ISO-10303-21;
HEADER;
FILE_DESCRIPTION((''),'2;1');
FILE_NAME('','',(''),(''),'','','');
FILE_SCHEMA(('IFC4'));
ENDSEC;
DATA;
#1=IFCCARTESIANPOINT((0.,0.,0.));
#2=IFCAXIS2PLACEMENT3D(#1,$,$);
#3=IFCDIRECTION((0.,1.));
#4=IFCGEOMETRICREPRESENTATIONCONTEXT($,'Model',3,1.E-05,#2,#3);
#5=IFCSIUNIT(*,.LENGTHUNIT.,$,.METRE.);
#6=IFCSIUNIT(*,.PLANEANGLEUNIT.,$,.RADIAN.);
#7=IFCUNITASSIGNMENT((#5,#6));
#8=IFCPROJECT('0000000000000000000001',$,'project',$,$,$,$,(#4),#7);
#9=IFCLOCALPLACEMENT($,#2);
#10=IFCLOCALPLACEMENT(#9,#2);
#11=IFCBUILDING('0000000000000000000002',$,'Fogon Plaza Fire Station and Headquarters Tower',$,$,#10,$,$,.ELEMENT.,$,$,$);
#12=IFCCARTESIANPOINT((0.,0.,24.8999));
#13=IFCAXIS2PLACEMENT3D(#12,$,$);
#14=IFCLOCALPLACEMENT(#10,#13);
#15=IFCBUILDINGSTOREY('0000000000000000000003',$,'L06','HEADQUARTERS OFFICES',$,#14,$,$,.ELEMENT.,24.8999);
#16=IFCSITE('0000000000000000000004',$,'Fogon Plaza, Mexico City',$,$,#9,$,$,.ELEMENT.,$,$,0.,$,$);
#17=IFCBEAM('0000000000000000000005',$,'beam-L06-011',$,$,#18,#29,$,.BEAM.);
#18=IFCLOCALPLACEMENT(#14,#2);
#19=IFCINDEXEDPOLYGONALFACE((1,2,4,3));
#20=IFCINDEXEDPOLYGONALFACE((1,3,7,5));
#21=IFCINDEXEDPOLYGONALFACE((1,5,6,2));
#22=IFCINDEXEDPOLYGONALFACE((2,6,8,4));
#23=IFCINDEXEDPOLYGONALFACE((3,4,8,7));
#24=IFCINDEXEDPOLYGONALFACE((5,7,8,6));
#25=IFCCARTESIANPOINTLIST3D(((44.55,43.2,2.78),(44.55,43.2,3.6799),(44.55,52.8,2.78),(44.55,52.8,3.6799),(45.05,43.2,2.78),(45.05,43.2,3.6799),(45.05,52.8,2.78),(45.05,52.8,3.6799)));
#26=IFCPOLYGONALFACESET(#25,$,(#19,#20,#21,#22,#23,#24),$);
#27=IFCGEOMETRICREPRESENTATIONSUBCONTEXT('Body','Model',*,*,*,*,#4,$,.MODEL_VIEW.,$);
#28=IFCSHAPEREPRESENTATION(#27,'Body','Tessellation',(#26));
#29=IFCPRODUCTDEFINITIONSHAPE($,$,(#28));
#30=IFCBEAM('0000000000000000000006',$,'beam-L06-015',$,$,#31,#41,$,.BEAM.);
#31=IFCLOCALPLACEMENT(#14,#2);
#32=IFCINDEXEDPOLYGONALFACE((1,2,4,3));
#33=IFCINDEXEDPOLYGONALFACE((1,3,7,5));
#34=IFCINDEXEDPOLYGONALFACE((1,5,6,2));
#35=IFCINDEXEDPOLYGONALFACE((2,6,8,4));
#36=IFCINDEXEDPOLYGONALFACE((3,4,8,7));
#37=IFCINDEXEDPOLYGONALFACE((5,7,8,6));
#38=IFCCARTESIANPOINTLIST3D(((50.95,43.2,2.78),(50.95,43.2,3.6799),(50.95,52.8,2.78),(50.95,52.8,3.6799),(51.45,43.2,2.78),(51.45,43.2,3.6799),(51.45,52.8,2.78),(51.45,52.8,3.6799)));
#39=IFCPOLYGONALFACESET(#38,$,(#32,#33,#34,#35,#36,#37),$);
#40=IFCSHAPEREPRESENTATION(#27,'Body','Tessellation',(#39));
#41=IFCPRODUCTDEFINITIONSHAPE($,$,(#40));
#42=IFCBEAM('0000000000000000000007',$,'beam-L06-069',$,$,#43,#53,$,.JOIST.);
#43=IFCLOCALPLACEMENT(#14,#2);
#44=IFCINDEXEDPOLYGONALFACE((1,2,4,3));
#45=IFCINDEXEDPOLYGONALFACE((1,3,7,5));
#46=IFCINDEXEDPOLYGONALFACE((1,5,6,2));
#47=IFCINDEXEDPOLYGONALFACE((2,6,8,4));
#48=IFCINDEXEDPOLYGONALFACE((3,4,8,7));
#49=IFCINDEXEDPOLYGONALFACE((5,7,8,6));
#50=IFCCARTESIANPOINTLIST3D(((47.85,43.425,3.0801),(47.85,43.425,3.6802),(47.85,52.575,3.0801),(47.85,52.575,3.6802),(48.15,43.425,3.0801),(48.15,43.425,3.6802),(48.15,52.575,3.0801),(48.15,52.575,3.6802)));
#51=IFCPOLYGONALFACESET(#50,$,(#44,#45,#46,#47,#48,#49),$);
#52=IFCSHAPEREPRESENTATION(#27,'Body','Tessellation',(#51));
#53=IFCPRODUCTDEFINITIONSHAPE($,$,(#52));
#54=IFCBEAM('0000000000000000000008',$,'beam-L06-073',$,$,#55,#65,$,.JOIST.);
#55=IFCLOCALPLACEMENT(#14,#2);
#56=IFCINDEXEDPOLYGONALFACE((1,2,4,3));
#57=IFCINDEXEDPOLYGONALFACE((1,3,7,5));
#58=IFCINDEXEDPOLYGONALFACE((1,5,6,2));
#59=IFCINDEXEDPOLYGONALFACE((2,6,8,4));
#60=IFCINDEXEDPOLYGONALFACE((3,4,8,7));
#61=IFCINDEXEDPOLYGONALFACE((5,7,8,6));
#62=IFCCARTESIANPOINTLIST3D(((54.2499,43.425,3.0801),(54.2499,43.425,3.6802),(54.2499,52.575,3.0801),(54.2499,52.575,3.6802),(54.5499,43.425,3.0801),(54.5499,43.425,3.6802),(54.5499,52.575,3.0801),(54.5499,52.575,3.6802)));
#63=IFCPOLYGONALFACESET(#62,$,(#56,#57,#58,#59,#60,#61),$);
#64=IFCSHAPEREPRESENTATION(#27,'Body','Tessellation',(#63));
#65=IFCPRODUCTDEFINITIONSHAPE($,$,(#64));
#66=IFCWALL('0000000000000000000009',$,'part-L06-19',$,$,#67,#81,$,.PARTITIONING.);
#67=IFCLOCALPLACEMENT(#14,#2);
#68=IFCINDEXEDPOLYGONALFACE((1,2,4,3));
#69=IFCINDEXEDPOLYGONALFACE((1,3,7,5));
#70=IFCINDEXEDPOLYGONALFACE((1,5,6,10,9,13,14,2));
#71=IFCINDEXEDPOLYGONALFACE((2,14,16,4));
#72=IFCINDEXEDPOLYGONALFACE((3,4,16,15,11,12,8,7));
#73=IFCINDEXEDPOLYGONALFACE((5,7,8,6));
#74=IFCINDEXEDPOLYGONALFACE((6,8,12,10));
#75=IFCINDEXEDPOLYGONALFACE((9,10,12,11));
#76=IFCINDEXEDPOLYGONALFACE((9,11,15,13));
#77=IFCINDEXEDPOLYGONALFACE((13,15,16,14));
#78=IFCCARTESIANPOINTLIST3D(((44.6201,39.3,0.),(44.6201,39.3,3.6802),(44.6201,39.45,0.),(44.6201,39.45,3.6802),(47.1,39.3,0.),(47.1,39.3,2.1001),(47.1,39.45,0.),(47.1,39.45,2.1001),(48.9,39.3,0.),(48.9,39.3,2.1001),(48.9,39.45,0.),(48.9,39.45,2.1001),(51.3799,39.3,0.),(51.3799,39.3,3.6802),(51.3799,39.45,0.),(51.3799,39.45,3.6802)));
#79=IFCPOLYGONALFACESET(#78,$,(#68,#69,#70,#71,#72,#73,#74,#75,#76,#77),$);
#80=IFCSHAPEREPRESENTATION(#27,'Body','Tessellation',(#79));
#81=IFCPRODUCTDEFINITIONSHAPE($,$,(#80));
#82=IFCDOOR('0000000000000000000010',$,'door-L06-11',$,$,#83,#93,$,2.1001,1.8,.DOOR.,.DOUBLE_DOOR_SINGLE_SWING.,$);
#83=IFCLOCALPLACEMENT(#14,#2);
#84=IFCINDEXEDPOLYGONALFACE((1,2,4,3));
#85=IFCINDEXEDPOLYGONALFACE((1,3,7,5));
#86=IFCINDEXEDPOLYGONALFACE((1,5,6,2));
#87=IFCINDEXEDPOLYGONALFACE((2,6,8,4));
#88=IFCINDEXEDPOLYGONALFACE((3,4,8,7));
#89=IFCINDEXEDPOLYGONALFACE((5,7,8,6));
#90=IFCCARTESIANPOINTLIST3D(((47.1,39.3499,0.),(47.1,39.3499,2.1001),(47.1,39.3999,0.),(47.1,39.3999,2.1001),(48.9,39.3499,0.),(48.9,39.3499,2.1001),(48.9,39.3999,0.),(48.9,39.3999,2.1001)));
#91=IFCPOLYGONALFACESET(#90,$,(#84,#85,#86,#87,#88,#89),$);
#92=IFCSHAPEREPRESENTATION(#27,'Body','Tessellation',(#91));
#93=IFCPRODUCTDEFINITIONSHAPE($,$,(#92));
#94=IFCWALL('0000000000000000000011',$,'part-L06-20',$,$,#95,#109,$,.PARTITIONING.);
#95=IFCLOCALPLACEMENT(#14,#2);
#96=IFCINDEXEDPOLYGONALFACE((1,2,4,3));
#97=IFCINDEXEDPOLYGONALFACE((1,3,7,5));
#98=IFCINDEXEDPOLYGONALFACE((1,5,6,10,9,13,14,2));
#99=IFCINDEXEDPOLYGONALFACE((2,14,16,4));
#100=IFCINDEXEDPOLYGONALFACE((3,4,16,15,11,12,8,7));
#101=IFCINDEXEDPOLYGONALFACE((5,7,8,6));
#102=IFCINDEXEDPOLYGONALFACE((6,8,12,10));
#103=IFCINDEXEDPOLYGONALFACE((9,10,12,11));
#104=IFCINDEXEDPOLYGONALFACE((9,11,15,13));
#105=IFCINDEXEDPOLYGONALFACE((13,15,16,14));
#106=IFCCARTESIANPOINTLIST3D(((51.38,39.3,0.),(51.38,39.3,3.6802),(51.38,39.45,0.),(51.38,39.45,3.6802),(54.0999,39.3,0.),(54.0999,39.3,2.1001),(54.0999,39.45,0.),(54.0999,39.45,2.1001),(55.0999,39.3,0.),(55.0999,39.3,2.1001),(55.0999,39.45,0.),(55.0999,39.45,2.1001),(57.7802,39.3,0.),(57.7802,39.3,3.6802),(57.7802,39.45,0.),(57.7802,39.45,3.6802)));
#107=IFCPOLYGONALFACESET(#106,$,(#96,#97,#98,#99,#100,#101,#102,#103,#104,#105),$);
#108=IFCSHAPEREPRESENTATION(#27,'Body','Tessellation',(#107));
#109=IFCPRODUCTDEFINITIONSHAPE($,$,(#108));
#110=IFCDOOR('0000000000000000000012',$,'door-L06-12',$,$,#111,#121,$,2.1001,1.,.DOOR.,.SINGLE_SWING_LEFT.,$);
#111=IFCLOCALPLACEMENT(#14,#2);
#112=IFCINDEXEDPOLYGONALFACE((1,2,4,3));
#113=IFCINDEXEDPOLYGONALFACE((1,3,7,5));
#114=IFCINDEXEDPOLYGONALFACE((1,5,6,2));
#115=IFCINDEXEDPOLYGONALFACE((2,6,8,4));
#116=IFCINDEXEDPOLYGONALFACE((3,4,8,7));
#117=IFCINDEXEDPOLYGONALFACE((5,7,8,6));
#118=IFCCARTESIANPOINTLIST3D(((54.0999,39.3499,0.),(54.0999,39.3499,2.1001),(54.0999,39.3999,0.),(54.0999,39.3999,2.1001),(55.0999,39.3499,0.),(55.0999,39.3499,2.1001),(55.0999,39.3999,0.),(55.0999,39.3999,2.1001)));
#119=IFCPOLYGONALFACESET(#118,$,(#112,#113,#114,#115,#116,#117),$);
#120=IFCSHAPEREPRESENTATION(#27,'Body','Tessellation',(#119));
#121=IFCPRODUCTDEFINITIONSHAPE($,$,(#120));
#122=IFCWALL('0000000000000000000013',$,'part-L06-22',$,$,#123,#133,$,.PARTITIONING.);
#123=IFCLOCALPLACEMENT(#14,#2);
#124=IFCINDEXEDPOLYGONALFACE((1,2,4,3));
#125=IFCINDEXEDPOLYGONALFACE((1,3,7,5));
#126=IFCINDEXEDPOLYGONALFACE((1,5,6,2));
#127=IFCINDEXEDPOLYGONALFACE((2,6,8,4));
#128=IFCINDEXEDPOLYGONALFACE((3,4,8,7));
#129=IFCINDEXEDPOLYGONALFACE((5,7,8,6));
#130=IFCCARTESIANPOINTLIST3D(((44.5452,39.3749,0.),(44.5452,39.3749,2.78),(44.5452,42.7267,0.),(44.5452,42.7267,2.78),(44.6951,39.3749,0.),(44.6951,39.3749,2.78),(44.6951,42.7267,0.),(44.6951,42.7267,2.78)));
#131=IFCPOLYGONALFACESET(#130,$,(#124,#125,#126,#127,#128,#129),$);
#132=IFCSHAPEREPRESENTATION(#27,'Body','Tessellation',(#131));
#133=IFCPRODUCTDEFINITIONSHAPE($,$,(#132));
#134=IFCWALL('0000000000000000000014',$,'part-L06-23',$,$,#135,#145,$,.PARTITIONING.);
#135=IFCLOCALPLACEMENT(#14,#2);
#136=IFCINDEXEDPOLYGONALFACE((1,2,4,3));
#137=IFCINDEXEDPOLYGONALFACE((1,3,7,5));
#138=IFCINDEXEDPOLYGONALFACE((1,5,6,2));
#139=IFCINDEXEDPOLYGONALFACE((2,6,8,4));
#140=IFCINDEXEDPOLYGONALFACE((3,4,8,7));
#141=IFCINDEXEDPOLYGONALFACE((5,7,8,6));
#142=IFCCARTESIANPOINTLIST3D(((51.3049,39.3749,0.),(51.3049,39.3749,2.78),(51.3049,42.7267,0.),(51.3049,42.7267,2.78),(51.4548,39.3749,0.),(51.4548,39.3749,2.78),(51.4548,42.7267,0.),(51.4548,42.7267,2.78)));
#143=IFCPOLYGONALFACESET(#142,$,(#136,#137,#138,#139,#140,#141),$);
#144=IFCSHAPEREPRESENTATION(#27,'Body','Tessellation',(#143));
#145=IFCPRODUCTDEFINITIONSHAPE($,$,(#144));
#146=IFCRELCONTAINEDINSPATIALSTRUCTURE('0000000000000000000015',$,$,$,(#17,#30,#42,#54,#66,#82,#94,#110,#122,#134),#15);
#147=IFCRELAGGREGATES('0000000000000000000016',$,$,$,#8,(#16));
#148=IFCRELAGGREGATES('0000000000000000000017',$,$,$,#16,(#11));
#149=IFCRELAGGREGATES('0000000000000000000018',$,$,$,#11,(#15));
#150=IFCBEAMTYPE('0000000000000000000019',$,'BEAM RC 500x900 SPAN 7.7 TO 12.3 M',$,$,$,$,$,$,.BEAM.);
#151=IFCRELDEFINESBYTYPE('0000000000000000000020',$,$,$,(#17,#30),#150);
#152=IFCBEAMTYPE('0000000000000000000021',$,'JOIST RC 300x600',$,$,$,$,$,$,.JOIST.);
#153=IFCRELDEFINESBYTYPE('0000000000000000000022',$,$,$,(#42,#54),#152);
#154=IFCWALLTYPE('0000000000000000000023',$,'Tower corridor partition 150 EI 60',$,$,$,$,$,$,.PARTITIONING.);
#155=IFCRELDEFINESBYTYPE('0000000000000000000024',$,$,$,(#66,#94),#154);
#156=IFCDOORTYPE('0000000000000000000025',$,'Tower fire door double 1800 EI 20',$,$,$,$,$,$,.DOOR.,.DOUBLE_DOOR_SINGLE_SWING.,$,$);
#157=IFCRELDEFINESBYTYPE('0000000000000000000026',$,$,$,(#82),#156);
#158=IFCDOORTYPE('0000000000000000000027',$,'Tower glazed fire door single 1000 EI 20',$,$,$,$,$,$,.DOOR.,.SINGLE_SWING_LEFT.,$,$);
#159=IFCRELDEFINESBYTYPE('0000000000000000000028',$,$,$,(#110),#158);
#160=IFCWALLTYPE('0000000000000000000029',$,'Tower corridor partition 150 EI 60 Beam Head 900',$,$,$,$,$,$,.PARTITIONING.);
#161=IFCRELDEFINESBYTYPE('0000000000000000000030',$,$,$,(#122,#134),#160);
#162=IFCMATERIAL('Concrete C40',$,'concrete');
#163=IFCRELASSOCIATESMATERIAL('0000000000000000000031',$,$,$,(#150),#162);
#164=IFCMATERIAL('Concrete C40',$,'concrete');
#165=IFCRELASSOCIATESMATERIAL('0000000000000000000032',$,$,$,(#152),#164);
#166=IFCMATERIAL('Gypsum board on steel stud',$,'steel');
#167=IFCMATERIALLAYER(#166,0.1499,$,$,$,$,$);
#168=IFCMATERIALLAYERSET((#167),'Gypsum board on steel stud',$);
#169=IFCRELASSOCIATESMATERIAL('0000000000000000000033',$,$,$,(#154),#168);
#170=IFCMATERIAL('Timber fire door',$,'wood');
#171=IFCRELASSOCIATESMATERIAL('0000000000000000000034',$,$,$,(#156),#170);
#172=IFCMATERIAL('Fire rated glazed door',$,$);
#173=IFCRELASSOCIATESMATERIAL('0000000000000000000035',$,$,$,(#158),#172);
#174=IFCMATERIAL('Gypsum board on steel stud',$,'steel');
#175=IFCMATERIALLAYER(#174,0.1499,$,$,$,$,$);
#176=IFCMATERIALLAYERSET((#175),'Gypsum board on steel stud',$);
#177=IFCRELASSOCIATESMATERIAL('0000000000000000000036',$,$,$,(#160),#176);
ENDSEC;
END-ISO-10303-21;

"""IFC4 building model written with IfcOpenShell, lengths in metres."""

from ifc_helpers import new_model, si_unit, direction, frame, frame_2d, origin, origin_2d, place, context, subcontext, project, spatial, rectangle, extrude, material, layer, layer_set, material_profile, profile_set, type_object, element, fill, save


model = new_model("IFC4")

# Units and contexts
model_context = context("Model", 3, precision=1e-05, world=origin(), true_north=direction((0.0, 1.0)))
body_context = subcontext(model_context, "Body", "Model", "MODEL_VIEW")
ifc_project = project(units=[si_unit("LENGTHUNIT", "METRE"), si_unit("PLANEANGLEUNIT", "RADIAN")], contexts=[model_context])

# Site, building, storey
site_placement = place(None, origin())
site = spatial("IfcSite", under=ifc_project, at=site_placement, Name="Fogon Plaza, Mexico City", CompositionType="ELEMENT", RefElevation=0.0)
building_placement = place(site_placement, origin())
building = spatial("IfcBuilding", under=site, at=building_placement, Name="Fogon Plaza Fire Station and Headquarters Tower", CompositionType="ELEMENT")
storey_placement = place(building_placement, frame((0.0, 0.0, 24.8999)))
storey = spatial("IfcBuildingStorey", under=building, at=storey_placement, Name="L06", Description="HEADQUARTERS OFFICES", CompositionType="ELEMENT", Elevation=24.8999)

# Beams
ifc_material_1 = material(Name="Concrete C40", Category="concrete")
ifc_material_profile_1 = material_profile(ifc_material_1, rectangle(XDim=0.5, YDim=0.8999, at=origin_2d()), Name="RC 500x900")
ifc_profile_set_1 = profile_set([ifc_material_profile_1], Name="Concrete C40")
beam_type_1 = type_object("IfcBeamType", Name="BEAM RC 500x900 SPAN 7.7 TO 12.3 M", PredefinedType="BEAM", material=ifc_profile_set_1)
for number, where, z_axis, x_axis, name in (
    (1, (44.8, 43.2, 3.23), (0.0, 1.0, 0.0), (-1.0, 0.0, 0.0), "beam-L06-011"),
    (2, (51.2, 43.2, 3.23), (0.0, 1.0, 0.0), (-1.0, 0.0, 0.0), "beam-L06-015"),
):
    element("IfcBeam", number, at=place(storey_placement, frame(where, z_axis=z_axis, x_axis=x_axis)), inside=storey, type_object=beam_type_1, Name=name, PredefinedType="BEAM", context=body_context, shape_type="SweptSolid", body=[
        extrude(rectangle(XDim=0.5, YDim=0.8999, at=origin_2d()), origin(), (0.0, 0.0, 1.0), 9.6001),
    ])
ifc_material_2 = material(Name="Concrete C40", Category="concrete")
ifc_material_profile_2 = material_profile(ifc_material_2, rectangle(XDim=0.3, YDim=0.6001, at=origin_2d()), Name="RC 300x600")
ifc_profile_set_2 = profile_set([ifc_material_profile_2], Name="Concrete C40")
beam_type_2 = type_object("IfcBeamType", Name="JOIST RC 300x600", PredefinedType="JOIST", material=ifc_profile_set_2)
for number, where, z_axis, x_axis, name in (
    (3, (48.0, 43.425, 3.3801), (0.0, 1.0, 0.0), (-1.0, 0.0, 0.0), "beam-L06-069"),
    (4, (54.3999, 43.425, 3.3801), (0.0, 1.0, 0.0), (-1.0, 0.0, 0.0), "beam-L06-073"),
):
    element("IfcBeam", number, at=place(storey_placement, frame(where, z_axis=z_axis, x_axis=x_axis)), inside=storey, type_object=beam_type_2, Name=name, PredefinedType="JOIST", context=body_context, shape_type="SweptSolid", body=[
        extrude(rectangle(XDim=0.3, YDim=0.6001, at=origin_2d()), origin(), (0.0, 0.0, 1.0), 9.1499),
    ])

# Walls, openings, doors
ifc_material_3 = material(Name="Gypsum board on steel stud", Category="steel")
ifc_layer_1 = layer(ifc_material_3, 0.1499)
ifc_layer_set_1 = layer_set([ifc_layer_1], Name="Gypsum board on steel stud")
wall_type_1 = type_object("IfcWallType", Name="Tower corridor partition 150 EI 60", PredefinedType="PARTITIONING", material=ifc_layer_set_1)
wall_1_placement = place(storey_placement, frame((44.6201, 39.375, 0.0), z_axis=(0.0, 0.0, 1.0), x_axis=(1.0, 0.0, 0.0)))
wall_1 = element("IfcWall", 5, at=wall_1_placement, inside=storey, type_object=wall_type_1, Name="part-L06-19", PredefinedType="PARTITIONING", context=body_context, shape_type="SweptSolid", body=[
    extrude(rectangle(XDim=6.7598, YDim=0.1499, at=frame_2d((3.3799, 0.0))), origin(), (0.0, 0.0, 1.0), 3.6802),
])
opening_1_placement = place(wall_1_placement, frame((2.48, 0.0, 0.0)))
opening_1 = element("IfcOpeningElement", 6, at=opening_1_placement, cuts=wall_1, PredefinedType="OPENING", context=body_context, shape_type="SweptSolid", body=[
    extrude(rectangle(XDim=1.8, YDim=2.1001, at=frame_2d((0.8999, 1.05))), frame((0.0, 0.085, 0.0), z_axis=(0.0, -1.0, 0.0), x_axis=(1.0, 0.0, 0.0)), (0.0, 0.0, 1.0), 0.1699),
])
ifc_material_4 = material(Name="Timber fire door", Category="wood")
door_type_1 = type_object("IfcDoorType", Name="Tower fire door double 1800 EI 20", OperationType="DOUBLE_DOOR_SINGLE_SWING", PredefinedType="DOOR", material=ifc_material_4)
door_1_placement = place(opening_1_placement, origin())
door_1 = element("IfcDoor", 7, at=door_1_placement, inside=storey, type_object=door_type_1, Name="door-L06-11", OperationType="DOUBLE_DOOR_SINGLE_SWING", OverallHeight=2.1001, OverallWidth=1.8, PredefinedType="DOOR", context=body_context, shape_type="SweptSolid", body=[
    extrude(rectangle(XDim=1.8, YDim=2.1001, at=frame_2d((0.8999, 1.05))), frame((0.0, 0.0249, 0.0), z_axis=(0.0, -1.0, 0.0), x_axis=(1.0, 0.0, 0.0)), (0.0, 0.0, 1.0), 0.05),
])
fill(opening_1, door_1)
wall_2_placement = place(storey_placement, frame((51.3799, 39.375, 0.0), z_axis=(0.0, 0.0, 1.0), x_axis=(1.0, 0.0, 0.0)))
wall_2 = element("IfcWall", 8, at=wall_2_placement, inside=storey, type_object=wall_type_1, Name="part-L06-20", PredefinedType="PARTITIONING", context=body_context, shape_type="SweptSolid", body=[
    extrude(rectangle(XDim=6.4001, YDim=0.1499, at=frame_2d((3.2002, 0.0))), origin(), (0.0, 0.0, 1.0), 3.6802),
])
opening_2_placement = place(wall_2_placement, frame((2.72, 0.0, 0.0)))
opening_2 = element("IfcOpeningElement", 9, at=opening_2_placement, cuts=wall_2, PredefinedType="OPENING", context=body_context, shape_type="SweptSolid", body=[
    extrude(rectangle(XDim=1.0, YDim=2.1001, at=frame_2d((0.5, 1.05))), frame((0.0, 0.085, 0.0), z_axis=(0.0, -1.0, 0.0), x_axis=(1.0, 0.0, 0.0)), (0.0, 0.0, 1.0), 0.1699),
])
ifc_material_5 = material(Name="Fire rated glazed door")
door_type_2 = type_object("IfcDoorType", Name="Tower glazed fire door single 1000 EI 20", OperationType="SINGLE_SWING_LEFT", PredefinedType="DOOR", material=ifc_material_5)
door_2_placement = place(opening_2_placement, origin())
door_2 = element("IfcDoor", 10, at=door_2_placement, inside=storey, type_object=door_type_2, Name="door-L06-12", OperationType="SINGLE_SWING_LEFT", OverallHeight=2.1001, OverallWidth=1.0, PredefinedType="DOOR", context=body_context, shape_type="SweptSolid", body=[
    extrude(rectangle(XDim=1.0, YDim=2.1001, at=frame_2d((0.5, 1.05))), frame((0.0, 0.0249, 0.0), z_axis=(0.0, -1.0, 0.0), x_axis=(1.0, 0.0, 0.0)), (0.0, 0.0, 1.0), 0.05),
])
fill(opening_2, door_2)

# Walls
ifc_material_6 = material(Name="Gypsum board on steel stud", Category="steel")
ifc_layer_2 = layer(ifc_material_6, 0.1499)
ifc_layer_set_2 = layer_set([ifc_layer_2], Name="Gypsum board on steel stud")
wall_type_2 = type_object("IfcWallType", Name="Tower corridor partition 150 EI 60 Beam Head 900", PredefinedType="PARTITIONING", material=ifc_layer_set_2)
for number, where, z_axis, x_axis, name in (
    (11, (44.6201, 39.375, 0.0), (0.0, 0.0, 1.0), (0.0, 1.0, 0.0), "part-L06-22"),
    (12, (51.3799, 39.375, 0.0), (0.0, 0.0, 1.0), (0.0, 1.0, 0.0), "part-L06-23"),
):
    element("IfcWall", number, at=place(storey_placement, frame(where, z_axis=z_axis, x_axis=x_axis)), inside=storey, type_object=wall_type_2, Name=name, PredefinedType="PARTITIONING", context=body_context, shape_type="SweptSolid", body=[
        extrude(rectangle(XDim=3.3518, YDim=0.1499, at=frame_2d((1.6758, 0.0))), origin(), (0.0, 0.0, 1.0), 2.78),
    ])

save(model, "model.ifc")
